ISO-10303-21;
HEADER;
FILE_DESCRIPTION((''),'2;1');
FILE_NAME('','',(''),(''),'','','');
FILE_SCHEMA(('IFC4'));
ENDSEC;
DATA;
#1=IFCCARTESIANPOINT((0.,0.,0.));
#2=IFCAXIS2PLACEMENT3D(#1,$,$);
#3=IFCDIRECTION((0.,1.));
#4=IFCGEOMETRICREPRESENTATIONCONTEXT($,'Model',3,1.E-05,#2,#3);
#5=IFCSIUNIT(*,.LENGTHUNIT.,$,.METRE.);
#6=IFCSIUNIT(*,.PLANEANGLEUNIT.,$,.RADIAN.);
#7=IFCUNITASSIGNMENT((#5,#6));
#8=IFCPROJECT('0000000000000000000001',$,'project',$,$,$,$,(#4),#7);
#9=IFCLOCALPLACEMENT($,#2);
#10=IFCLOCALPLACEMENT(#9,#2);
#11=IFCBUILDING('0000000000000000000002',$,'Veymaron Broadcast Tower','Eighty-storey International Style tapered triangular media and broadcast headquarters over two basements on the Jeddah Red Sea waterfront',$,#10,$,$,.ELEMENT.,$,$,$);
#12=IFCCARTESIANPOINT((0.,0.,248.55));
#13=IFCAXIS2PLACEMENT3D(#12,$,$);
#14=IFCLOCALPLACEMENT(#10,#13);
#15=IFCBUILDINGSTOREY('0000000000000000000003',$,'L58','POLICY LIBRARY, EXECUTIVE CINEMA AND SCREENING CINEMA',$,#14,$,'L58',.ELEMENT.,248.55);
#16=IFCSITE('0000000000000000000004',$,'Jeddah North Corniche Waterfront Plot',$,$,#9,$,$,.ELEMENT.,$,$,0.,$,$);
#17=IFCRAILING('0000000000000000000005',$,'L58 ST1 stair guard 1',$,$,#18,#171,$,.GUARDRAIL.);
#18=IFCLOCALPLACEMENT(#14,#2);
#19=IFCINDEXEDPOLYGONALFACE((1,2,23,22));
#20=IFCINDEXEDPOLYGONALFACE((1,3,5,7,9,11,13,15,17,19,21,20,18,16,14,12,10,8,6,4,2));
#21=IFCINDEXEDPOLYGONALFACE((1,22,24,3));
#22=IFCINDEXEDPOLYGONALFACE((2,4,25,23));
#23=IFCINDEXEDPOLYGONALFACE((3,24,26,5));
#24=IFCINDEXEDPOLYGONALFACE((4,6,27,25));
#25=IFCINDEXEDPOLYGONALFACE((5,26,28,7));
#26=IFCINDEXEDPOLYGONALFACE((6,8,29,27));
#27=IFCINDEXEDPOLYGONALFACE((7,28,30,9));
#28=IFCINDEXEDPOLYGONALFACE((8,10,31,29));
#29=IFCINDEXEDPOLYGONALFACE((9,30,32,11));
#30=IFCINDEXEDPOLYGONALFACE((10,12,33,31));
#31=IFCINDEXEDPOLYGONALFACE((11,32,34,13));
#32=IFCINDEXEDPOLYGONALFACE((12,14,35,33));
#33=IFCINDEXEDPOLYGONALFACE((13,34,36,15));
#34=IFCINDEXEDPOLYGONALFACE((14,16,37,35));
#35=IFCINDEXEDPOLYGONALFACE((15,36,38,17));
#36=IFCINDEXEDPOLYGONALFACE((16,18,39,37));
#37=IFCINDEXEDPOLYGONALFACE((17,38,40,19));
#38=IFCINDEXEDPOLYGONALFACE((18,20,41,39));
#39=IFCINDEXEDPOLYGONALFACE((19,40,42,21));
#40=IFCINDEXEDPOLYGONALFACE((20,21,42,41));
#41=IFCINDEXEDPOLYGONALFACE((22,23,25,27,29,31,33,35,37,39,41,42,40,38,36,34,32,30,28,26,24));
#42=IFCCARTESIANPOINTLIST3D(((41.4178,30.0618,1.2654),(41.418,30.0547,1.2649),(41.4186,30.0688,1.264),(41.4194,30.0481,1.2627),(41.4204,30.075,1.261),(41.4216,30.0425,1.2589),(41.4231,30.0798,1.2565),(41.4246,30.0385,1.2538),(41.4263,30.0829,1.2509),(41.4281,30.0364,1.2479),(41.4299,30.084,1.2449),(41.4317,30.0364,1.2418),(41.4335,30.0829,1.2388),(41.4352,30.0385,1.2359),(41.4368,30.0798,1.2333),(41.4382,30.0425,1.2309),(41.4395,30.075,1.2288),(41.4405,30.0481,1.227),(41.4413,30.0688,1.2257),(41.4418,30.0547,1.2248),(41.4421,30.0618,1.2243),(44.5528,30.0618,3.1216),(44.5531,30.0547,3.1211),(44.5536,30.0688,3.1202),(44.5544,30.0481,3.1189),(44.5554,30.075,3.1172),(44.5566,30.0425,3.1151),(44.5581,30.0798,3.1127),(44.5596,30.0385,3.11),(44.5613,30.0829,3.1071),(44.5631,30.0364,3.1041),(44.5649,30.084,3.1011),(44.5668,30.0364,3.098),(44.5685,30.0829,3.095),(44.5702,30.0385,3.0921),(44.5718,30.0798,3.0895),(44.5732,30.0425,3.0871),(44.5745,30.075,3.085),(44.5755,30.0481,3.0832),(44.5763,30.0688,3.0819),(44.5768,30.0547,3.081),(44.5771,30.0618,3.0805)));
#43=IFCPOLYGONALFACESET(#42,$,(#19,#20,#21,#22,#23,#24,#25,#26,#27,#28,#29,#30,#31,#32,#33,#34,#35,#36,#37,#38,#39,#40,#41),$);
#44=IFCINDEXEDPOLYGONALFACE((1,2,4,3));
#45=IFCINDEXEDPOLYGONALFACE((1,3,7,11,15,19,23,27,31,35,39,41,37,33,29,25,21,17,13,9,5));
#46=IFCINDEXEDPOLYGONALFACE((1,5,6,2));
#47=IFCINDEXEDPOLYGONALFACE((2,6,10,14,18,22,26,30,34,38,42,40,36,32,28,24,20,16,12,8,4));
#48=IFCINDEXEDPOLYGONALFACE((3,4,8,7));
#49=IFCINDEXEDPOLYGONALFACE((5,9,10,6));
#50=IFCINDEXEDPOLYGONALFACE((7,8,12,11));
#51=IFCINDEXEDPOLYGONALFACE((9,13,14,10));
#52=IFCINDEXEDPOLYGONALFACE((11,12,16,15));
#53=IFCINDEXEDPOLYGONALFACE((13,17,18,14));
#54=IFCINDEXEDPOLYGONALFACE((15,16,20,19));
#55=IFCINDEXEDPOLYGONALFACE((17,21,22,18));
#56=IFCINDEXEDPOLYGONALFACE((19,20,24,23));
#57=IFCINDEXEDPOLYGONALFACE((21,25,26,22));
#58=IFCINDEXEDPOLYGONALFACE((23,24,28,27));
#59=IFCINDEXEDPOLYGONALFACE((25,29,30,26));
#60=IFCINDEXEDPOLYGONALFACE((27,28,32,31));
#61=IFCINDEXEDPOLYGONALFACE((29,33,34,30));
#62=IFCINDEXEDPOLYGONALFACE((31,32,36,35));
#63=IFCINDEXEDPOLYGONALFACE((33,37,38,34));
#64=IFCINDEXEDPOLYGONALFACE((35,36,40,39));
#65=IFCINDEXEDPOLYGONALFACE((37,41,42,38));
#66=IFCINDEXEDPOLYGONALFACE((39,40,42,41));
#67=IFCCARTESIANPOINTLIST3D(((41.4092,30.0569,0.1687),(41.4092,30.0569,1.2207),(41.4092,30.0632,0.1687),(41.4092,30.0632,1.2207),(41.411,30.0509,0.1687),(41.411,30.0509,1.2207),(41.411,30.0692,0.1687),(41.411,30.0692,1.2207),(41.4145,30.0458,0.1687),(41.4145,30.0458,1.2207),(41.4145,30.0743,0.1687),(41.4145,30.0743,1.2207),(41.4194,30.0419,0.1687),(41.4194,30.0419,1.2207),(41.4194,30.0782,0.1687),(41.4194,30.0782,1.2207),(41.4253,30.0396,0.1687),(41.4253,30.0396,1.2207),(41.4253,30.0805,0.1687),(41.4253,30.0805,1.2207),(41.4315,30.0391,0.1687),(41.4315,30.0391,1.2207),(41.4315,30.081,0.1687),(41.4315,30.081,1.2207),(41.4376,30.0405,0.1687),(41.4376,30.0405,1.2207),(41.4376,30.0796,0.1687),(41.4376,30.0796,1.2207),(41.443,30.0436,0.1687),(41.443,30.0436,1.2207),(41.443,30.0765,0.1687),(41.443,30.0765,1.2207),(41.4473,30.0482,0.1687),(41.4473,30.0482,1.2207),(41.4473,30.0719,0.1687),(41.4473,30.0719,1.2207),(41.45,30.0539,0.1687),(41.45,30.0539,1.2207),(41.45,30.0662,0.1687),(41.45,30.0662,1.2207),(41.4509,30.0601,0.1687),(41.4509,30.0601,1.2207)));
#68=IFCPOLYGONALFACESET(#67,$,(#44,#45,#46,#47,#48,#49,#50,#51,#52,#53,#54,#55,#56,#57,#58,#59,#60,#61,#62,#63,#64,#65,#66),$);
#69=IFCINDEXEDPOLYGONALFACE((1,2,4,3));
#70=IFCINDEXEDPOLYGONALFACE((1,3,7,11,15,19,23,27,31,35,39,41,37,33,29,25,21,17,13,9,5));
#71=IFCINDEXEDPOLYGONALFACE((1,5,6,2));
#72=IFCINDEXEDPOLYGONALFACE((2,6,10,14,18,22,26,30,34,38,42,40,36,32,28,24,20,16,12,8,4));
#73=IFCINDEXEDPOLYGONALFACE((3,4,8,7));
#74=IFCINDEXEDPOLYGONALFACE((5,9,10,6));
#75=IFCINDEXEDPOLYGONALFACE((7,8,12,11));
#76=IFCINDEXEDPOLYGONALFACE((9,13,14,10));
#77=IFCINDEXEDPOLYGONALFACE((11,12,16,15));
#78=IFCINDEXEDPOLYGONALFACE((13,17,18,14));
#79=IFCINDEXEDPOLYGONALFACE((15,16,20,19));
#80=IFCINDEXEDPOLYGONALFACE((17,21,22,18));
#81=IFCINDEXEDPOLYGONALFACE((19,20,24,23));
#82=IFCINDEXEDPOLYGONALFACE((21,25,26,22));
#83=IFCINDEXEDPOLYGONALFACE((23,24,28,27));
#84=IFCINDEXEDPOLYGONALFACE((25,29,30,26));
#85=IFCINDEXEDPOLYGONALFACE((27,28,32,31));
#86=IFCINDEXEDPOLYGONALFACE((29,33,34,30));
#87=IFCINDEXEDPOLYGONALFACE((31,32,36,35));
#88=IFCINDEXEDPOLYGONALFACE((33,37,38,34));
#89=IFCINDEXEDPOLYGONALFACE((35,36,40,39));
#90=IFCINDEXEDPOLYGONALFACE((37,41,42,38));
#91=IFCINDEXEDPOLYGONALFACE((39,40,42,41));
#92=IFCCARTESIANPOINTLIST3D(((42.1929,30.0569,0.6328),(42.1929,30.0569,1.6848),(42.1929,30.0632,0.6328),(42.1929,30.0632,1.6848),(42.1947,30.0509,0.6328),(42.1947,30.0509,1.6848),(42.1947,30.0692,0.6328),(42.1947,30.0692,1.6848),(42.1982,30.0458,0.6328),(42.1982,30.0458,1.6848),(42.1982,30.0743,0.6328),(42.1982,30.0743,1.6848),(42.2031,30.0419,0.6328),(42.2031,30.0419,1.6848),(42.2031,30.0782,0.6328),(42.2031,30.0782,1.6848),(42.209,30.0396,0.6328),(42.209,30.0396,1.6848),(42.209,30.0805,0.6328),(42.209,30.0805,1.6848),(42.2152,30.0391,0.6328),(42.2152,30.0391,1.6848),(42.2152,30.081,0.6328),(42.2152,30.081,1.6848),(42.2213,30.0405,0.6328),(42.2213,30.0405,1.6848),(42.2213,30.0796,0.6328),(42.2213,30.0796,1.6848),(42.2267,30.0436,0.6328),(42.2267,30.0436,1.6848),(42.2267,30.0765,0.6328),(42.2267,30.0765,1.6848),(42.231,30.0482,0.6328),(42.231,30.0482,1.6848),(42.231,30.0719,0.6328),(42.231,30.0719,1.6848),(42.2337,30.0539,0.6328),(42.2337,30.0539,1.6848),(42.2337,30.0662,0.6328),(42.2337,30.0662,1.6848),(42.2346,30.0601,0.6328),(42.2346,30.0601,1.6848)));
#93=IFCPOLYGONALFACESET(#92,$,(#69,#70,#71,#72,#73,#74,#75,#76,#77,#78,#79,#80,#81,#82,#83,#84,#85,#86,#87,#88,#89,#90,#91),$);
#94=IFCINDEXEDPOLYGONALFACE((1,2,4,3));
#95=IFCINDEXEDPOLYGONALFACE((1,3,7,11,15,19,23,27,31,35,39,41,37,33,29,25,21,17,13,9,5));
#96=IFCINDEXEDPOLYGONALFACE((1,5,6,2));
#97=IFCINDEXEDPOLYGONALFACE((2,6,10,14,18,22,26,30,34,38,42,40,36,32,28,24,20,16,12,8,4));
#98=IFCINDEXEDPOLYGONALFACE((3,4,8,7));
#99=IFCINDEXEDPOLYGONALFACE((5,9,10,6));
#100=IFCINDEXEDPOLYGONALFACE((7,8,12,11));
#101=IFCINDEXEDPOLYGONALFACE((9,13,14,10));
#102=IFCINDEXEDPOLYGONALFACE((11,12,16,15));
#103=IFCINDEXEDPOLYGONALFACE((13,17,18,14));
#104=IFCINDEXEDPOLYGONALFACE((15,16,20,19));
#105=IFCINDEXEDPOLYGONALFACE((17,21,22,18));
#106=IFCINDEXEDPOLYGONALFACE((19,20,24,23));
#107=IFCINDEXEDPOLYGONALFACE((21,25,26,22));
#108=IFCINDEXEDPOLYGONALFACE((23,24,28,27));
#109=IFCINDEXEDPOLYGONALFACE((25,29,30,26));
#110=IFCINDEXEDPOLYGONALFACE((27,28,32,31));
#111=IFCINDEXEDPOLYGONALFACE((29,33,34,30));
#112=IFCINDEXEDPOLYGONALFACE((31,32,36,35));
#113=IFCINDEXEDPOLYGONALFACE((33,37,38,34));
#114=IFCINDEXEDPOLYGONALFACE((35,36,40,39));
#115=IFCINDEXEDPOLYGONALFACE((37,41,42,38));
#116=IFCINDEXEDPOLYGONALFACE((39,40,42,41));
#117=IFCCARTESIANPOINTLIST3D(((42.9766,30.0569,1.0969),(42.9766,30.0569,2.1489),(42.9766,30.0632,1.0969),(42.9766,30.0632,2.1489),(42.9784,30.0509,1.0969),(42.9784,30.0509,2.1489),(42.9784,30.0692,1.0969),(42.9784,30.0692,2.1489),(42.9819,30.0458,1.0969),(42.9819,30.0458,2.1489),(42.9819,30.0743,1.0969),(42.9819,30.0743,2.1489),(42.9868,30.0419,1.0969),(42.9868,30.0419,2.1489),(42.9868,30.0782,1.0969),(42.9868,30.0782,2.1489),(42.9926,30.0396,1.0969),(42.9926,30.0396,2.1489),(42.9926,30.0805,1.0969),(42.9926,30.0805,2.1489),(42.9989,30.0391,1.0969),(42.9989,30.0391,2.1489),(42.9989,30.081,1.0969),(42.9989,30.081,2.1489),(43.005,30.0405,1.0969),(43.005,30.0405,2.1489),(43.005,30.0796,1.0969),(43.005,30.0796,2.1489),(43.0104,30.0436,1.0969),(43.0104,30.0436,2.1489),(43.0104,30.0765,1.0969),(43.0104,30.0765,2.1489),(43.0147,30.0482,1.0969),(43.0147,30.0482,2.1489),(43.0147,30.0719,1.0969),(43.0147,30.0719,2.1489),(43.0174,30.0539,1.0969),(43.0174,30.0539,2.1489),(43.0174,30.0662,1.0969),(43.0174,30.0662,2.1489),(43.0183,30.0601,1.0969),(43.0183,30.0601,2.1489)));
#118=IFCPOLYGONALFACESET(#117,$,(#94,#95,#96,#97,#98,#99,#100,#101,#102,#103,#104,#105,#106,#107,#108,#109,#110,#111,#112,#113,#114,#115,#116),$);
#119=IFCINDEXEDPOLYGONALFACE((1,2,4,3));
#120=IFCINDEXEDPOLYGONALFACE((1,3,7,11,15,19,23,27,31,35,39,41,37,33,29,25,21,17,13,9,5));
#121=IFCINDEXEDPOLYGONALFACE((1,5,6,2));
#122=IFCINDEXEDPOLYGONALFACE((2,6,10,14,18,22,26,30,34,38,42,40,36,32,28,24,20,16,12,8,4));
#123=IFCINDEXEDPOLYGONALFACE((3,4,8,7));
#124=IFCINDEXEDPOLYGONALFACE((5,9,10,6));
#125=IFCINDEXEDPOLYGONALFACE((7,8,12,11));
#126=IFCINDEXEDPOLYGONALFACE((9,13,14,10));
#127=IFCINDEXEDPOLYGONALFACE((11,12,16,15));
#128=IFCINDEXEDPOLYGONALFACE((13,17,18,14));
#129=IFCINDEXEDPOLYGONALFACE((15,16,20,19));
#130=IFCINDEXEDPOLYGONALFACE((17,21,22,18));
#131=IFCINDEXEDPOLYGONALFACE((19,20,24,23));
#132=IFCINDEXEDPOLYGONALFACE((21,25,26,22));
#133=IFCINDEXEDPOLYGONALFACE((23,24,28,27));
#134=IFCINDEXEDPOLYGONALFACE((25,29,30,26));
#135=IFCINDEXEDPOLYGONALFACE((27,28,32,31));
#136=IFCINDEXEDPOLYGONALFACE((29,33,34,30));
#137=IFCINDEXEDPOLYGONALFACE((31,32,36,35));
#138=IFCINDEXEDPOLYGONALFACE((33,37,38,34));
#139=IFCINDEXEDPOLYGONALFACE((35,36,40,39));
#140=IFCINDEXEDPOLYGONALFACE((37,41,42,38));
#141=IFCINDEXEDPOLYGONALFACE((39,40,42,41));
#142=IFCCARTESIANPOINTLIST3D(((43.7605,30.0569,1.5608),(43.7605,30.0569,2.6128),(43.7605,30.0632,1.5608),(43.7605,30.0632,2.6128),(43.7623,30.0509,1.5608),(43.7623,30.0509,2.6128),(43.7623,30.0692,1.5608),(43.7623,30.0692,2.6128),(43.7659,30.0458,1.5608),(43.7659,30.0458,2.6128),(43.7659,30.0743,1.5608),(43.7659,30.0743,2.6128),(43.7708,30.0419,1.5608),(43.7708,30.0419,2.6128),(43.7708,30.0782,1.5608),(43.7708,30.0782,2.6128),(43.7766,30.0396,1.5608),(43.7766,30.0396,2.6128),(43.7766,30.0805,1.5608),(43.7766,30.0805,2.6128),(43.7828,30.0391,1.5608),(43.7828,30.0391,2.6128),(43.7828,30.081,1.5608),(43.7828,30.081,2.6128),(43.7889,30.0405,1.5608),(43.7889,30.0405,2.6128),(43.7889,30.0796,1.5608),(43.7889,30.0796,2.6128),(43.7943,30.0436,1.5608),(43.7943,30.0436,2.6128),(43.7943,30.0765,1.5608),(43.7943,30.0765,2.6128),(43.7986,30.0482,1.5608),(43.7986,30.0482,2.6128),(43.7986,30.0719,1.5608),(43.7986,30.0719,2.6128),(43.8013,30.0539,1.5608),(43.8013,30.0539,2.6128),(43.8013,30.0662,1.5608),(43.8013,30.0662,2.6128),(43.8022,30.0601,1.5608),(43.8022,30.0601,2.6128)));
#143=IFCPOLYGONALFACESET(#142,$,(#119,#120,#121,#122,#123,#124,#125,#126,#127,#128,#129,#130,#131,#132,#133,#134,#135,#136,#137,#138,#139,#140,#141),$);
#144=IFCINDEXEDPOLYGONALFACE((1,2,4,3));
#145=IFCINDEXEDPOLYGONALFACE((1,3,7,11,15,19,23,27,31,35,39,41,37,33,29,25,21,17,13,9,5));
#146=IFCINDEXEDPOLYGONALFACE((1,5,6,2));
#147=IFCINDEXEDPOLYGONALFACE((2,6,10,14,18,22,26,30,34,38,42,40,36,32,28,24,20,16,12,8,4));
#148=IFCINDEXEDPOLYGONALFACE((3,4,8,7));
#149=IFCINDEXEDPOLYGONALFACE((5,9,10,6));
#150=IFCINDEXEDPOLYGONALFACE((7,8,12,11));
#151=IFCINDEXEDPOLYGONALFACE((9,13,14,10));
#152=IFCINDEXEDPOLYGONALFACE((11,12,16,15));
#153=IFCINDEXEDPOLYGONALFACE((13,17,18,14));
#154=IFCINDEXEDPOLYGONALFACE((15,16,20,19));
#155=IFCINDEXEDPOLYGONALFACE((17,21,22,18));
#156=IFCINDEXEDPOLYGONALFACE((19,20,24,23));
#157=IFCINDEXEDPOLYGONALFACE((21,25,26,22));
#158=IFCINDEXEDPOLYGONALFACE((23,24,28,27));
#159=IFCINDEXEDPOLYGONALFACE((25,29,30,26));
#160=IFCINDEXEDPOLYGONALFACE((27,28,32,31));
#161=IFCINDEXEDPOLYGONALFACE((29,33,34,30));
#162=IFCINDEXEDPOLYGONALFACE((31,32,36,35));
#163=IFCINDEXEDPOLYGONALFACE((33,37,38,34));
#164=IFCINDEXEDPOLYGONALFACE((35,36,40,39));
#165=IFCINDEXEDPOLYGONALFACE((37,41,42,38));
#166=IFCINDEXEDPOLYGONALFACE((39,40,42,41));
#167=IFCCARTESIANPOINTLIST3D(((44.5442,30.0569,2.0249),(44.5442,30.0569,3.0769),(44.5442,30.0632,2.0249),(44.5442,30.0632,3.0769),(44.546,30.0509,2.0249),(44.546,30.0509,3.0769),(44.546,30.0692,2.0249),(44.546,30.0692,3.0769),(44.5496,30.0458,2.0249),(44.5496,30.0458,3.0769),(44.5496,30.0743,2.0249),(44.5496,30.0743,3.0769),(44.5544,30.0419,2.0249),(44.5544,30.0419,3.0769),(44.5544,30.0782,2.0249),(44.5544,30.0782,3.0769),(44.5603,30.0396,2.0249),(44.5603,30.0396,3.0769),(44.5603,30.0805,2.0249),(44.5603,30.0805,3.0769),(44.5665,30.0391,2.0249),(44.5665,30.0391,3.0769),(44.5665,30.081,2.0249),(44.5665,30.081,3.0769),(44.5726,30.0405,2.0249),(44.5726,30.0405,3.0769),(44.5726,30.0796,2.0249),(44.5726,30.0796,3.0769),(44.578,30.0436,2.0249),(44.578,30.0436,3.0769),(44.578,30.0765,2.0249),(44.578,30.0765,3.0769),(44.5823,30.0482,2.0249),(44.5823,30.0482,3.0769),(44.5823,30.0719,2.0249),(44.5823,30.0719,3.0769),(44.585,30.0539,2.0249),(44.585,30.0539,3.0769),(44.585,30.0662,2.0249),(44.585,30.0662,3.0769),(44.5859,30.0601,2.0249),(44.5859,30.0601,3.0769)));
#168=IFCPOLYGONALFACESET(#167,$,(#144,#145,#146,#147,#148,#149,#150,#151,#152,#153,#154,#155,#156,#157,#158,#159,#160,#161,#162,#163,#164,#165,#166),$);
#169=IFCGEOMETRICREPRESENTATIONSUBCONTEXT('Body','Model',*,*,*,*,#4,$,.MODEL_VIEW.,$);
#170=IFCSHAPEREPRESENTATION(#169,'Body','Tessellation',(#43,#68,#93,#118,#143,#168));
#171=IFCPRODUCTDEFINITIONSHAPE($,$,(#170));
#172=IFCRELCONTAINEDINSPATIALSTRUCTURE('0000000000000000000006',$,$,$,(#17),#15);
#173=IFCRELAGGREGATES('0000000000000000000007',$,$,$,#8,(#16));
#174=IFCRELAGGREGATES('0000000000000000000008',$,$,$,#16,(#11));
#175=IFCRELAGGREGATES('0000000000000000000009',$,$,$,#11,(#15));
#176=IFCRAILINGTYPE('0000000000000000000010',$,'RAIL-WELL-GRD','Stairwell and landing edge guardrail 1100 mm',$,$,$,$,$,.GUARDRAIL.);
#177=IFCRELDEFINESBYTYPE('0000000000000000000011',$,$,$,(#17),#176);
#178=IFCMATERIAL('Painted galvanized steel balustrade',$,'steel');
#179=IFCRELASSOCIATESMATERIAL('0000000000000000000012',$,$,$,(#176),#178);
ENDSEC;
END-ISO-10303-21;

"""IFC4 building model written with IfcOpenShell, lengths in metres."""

from ifc_helpers import new_model, si_unit, direction, frame, origin, origin_2d, place, context, subcontext, project, spatial, circle, extrude, material, type_object, element, save


model = new_model("IFC4")

# Units and contexts
model_context = context("Model", 3, precision=1e-05, world=origin(), true_north=direction((0.0, 1.0)))
body_context = subcontext(model_context, "Body", "Model", "MODEL_VIEW")
ifc_project = project(units=[si_unit("LENGTHUNIT", "METRE"), si_unit("PLANEANGLEUNIT", "RADIAN")], contexts=[model_context])

# Site, building, storey
site_placement = place(None, origin())
site = spatial("IfcSite", under=ifc_project, at=site_placement, Name="Jeddah North Corniche Waterfront Plot", CompositionType="ELEMENT", RefElevation=0.0)
building_placement = place(site_placement, origin())
building = spatial("IfcBuilding", under=site, at=building_placement, Name="Veymaron Broadcast Tower", Description="Eighty-storey International Style tapered triangular media and broadcast headquarters over two basements on the Jeddah Red Sea waterfront", CompositionType="ELEMENT")
storey_placement = place(building_placement, frame((0.0, 0.0, 248.55)))
storey = spatial("IfcBuildingStorey", under=building, at=storey_placement, Name="L58", Description="POLICY LIBRARY, EXECUTIVE CINEMA AND SCREENING CINEMA", LongName="L58", CompositionType="ELEMENT", Elevation=248.55)

# Railing
ifc_material_1 = material(Name="Painted galvanized steel balustrade", Category="steel")
railing_type_1 = type_object("IfcRailingType", Name="RAIL-WELL-GRD", Description="Stairwell and landing edge guardrail 1100 mm", PredefinedType="GUARDRAIL", material=ifc_material_1)
railing_1_placement = place(storey_placement, frame((41.4299, 30.0601, 0.1687)))
element("IfcRailing", 1, at=railing_1_placement, inside=storey, type_object=railing_type_1, Name="L58 ST1 stair guard 1", PredefinedType="GUARDRAIL", context=body_context, shape_type="SweptSolid", body=[
    extrude(circle(Radius=0.0239, at=origin_2d()), frame((0.0, 0.0, 1.0762), z_axis=(0.860482, 0.0, 0.509481), x_axis=(0.0, 1.0, 0.0)), (0.0, 0.0, 1.0), 3.6433),
    extrude(circle(Radius=0.021, at=origin_2d()), origin(), (0.0, 0.0, 1.0), 1.052),
    extrude(circle(Radius=0.021, at=origin_2d()), frame((0.7837, 0.0, 0.4641)), (0.0, 0.0, 1.0), 1.052),
    extrude(circle(Radius=0.021, at=origin_2d()), frame((1.5674, 0.0, 0.9282)), (0.0, 0.0, 1.0), 1.052),
    extrude(circle(Radius=0.021, at=origin_2d()), frame((2.3513, 0.0, 1.3921)), (0.0, 0.0, 1.0), 1.052),
    extrude(circle(Radius=0.021, at=origin_2d()), frame((3.135, 0.0, 1.8562)), (0.0, 0.0, 1.0), 1.052),
])

save(model, "model.ifc")
